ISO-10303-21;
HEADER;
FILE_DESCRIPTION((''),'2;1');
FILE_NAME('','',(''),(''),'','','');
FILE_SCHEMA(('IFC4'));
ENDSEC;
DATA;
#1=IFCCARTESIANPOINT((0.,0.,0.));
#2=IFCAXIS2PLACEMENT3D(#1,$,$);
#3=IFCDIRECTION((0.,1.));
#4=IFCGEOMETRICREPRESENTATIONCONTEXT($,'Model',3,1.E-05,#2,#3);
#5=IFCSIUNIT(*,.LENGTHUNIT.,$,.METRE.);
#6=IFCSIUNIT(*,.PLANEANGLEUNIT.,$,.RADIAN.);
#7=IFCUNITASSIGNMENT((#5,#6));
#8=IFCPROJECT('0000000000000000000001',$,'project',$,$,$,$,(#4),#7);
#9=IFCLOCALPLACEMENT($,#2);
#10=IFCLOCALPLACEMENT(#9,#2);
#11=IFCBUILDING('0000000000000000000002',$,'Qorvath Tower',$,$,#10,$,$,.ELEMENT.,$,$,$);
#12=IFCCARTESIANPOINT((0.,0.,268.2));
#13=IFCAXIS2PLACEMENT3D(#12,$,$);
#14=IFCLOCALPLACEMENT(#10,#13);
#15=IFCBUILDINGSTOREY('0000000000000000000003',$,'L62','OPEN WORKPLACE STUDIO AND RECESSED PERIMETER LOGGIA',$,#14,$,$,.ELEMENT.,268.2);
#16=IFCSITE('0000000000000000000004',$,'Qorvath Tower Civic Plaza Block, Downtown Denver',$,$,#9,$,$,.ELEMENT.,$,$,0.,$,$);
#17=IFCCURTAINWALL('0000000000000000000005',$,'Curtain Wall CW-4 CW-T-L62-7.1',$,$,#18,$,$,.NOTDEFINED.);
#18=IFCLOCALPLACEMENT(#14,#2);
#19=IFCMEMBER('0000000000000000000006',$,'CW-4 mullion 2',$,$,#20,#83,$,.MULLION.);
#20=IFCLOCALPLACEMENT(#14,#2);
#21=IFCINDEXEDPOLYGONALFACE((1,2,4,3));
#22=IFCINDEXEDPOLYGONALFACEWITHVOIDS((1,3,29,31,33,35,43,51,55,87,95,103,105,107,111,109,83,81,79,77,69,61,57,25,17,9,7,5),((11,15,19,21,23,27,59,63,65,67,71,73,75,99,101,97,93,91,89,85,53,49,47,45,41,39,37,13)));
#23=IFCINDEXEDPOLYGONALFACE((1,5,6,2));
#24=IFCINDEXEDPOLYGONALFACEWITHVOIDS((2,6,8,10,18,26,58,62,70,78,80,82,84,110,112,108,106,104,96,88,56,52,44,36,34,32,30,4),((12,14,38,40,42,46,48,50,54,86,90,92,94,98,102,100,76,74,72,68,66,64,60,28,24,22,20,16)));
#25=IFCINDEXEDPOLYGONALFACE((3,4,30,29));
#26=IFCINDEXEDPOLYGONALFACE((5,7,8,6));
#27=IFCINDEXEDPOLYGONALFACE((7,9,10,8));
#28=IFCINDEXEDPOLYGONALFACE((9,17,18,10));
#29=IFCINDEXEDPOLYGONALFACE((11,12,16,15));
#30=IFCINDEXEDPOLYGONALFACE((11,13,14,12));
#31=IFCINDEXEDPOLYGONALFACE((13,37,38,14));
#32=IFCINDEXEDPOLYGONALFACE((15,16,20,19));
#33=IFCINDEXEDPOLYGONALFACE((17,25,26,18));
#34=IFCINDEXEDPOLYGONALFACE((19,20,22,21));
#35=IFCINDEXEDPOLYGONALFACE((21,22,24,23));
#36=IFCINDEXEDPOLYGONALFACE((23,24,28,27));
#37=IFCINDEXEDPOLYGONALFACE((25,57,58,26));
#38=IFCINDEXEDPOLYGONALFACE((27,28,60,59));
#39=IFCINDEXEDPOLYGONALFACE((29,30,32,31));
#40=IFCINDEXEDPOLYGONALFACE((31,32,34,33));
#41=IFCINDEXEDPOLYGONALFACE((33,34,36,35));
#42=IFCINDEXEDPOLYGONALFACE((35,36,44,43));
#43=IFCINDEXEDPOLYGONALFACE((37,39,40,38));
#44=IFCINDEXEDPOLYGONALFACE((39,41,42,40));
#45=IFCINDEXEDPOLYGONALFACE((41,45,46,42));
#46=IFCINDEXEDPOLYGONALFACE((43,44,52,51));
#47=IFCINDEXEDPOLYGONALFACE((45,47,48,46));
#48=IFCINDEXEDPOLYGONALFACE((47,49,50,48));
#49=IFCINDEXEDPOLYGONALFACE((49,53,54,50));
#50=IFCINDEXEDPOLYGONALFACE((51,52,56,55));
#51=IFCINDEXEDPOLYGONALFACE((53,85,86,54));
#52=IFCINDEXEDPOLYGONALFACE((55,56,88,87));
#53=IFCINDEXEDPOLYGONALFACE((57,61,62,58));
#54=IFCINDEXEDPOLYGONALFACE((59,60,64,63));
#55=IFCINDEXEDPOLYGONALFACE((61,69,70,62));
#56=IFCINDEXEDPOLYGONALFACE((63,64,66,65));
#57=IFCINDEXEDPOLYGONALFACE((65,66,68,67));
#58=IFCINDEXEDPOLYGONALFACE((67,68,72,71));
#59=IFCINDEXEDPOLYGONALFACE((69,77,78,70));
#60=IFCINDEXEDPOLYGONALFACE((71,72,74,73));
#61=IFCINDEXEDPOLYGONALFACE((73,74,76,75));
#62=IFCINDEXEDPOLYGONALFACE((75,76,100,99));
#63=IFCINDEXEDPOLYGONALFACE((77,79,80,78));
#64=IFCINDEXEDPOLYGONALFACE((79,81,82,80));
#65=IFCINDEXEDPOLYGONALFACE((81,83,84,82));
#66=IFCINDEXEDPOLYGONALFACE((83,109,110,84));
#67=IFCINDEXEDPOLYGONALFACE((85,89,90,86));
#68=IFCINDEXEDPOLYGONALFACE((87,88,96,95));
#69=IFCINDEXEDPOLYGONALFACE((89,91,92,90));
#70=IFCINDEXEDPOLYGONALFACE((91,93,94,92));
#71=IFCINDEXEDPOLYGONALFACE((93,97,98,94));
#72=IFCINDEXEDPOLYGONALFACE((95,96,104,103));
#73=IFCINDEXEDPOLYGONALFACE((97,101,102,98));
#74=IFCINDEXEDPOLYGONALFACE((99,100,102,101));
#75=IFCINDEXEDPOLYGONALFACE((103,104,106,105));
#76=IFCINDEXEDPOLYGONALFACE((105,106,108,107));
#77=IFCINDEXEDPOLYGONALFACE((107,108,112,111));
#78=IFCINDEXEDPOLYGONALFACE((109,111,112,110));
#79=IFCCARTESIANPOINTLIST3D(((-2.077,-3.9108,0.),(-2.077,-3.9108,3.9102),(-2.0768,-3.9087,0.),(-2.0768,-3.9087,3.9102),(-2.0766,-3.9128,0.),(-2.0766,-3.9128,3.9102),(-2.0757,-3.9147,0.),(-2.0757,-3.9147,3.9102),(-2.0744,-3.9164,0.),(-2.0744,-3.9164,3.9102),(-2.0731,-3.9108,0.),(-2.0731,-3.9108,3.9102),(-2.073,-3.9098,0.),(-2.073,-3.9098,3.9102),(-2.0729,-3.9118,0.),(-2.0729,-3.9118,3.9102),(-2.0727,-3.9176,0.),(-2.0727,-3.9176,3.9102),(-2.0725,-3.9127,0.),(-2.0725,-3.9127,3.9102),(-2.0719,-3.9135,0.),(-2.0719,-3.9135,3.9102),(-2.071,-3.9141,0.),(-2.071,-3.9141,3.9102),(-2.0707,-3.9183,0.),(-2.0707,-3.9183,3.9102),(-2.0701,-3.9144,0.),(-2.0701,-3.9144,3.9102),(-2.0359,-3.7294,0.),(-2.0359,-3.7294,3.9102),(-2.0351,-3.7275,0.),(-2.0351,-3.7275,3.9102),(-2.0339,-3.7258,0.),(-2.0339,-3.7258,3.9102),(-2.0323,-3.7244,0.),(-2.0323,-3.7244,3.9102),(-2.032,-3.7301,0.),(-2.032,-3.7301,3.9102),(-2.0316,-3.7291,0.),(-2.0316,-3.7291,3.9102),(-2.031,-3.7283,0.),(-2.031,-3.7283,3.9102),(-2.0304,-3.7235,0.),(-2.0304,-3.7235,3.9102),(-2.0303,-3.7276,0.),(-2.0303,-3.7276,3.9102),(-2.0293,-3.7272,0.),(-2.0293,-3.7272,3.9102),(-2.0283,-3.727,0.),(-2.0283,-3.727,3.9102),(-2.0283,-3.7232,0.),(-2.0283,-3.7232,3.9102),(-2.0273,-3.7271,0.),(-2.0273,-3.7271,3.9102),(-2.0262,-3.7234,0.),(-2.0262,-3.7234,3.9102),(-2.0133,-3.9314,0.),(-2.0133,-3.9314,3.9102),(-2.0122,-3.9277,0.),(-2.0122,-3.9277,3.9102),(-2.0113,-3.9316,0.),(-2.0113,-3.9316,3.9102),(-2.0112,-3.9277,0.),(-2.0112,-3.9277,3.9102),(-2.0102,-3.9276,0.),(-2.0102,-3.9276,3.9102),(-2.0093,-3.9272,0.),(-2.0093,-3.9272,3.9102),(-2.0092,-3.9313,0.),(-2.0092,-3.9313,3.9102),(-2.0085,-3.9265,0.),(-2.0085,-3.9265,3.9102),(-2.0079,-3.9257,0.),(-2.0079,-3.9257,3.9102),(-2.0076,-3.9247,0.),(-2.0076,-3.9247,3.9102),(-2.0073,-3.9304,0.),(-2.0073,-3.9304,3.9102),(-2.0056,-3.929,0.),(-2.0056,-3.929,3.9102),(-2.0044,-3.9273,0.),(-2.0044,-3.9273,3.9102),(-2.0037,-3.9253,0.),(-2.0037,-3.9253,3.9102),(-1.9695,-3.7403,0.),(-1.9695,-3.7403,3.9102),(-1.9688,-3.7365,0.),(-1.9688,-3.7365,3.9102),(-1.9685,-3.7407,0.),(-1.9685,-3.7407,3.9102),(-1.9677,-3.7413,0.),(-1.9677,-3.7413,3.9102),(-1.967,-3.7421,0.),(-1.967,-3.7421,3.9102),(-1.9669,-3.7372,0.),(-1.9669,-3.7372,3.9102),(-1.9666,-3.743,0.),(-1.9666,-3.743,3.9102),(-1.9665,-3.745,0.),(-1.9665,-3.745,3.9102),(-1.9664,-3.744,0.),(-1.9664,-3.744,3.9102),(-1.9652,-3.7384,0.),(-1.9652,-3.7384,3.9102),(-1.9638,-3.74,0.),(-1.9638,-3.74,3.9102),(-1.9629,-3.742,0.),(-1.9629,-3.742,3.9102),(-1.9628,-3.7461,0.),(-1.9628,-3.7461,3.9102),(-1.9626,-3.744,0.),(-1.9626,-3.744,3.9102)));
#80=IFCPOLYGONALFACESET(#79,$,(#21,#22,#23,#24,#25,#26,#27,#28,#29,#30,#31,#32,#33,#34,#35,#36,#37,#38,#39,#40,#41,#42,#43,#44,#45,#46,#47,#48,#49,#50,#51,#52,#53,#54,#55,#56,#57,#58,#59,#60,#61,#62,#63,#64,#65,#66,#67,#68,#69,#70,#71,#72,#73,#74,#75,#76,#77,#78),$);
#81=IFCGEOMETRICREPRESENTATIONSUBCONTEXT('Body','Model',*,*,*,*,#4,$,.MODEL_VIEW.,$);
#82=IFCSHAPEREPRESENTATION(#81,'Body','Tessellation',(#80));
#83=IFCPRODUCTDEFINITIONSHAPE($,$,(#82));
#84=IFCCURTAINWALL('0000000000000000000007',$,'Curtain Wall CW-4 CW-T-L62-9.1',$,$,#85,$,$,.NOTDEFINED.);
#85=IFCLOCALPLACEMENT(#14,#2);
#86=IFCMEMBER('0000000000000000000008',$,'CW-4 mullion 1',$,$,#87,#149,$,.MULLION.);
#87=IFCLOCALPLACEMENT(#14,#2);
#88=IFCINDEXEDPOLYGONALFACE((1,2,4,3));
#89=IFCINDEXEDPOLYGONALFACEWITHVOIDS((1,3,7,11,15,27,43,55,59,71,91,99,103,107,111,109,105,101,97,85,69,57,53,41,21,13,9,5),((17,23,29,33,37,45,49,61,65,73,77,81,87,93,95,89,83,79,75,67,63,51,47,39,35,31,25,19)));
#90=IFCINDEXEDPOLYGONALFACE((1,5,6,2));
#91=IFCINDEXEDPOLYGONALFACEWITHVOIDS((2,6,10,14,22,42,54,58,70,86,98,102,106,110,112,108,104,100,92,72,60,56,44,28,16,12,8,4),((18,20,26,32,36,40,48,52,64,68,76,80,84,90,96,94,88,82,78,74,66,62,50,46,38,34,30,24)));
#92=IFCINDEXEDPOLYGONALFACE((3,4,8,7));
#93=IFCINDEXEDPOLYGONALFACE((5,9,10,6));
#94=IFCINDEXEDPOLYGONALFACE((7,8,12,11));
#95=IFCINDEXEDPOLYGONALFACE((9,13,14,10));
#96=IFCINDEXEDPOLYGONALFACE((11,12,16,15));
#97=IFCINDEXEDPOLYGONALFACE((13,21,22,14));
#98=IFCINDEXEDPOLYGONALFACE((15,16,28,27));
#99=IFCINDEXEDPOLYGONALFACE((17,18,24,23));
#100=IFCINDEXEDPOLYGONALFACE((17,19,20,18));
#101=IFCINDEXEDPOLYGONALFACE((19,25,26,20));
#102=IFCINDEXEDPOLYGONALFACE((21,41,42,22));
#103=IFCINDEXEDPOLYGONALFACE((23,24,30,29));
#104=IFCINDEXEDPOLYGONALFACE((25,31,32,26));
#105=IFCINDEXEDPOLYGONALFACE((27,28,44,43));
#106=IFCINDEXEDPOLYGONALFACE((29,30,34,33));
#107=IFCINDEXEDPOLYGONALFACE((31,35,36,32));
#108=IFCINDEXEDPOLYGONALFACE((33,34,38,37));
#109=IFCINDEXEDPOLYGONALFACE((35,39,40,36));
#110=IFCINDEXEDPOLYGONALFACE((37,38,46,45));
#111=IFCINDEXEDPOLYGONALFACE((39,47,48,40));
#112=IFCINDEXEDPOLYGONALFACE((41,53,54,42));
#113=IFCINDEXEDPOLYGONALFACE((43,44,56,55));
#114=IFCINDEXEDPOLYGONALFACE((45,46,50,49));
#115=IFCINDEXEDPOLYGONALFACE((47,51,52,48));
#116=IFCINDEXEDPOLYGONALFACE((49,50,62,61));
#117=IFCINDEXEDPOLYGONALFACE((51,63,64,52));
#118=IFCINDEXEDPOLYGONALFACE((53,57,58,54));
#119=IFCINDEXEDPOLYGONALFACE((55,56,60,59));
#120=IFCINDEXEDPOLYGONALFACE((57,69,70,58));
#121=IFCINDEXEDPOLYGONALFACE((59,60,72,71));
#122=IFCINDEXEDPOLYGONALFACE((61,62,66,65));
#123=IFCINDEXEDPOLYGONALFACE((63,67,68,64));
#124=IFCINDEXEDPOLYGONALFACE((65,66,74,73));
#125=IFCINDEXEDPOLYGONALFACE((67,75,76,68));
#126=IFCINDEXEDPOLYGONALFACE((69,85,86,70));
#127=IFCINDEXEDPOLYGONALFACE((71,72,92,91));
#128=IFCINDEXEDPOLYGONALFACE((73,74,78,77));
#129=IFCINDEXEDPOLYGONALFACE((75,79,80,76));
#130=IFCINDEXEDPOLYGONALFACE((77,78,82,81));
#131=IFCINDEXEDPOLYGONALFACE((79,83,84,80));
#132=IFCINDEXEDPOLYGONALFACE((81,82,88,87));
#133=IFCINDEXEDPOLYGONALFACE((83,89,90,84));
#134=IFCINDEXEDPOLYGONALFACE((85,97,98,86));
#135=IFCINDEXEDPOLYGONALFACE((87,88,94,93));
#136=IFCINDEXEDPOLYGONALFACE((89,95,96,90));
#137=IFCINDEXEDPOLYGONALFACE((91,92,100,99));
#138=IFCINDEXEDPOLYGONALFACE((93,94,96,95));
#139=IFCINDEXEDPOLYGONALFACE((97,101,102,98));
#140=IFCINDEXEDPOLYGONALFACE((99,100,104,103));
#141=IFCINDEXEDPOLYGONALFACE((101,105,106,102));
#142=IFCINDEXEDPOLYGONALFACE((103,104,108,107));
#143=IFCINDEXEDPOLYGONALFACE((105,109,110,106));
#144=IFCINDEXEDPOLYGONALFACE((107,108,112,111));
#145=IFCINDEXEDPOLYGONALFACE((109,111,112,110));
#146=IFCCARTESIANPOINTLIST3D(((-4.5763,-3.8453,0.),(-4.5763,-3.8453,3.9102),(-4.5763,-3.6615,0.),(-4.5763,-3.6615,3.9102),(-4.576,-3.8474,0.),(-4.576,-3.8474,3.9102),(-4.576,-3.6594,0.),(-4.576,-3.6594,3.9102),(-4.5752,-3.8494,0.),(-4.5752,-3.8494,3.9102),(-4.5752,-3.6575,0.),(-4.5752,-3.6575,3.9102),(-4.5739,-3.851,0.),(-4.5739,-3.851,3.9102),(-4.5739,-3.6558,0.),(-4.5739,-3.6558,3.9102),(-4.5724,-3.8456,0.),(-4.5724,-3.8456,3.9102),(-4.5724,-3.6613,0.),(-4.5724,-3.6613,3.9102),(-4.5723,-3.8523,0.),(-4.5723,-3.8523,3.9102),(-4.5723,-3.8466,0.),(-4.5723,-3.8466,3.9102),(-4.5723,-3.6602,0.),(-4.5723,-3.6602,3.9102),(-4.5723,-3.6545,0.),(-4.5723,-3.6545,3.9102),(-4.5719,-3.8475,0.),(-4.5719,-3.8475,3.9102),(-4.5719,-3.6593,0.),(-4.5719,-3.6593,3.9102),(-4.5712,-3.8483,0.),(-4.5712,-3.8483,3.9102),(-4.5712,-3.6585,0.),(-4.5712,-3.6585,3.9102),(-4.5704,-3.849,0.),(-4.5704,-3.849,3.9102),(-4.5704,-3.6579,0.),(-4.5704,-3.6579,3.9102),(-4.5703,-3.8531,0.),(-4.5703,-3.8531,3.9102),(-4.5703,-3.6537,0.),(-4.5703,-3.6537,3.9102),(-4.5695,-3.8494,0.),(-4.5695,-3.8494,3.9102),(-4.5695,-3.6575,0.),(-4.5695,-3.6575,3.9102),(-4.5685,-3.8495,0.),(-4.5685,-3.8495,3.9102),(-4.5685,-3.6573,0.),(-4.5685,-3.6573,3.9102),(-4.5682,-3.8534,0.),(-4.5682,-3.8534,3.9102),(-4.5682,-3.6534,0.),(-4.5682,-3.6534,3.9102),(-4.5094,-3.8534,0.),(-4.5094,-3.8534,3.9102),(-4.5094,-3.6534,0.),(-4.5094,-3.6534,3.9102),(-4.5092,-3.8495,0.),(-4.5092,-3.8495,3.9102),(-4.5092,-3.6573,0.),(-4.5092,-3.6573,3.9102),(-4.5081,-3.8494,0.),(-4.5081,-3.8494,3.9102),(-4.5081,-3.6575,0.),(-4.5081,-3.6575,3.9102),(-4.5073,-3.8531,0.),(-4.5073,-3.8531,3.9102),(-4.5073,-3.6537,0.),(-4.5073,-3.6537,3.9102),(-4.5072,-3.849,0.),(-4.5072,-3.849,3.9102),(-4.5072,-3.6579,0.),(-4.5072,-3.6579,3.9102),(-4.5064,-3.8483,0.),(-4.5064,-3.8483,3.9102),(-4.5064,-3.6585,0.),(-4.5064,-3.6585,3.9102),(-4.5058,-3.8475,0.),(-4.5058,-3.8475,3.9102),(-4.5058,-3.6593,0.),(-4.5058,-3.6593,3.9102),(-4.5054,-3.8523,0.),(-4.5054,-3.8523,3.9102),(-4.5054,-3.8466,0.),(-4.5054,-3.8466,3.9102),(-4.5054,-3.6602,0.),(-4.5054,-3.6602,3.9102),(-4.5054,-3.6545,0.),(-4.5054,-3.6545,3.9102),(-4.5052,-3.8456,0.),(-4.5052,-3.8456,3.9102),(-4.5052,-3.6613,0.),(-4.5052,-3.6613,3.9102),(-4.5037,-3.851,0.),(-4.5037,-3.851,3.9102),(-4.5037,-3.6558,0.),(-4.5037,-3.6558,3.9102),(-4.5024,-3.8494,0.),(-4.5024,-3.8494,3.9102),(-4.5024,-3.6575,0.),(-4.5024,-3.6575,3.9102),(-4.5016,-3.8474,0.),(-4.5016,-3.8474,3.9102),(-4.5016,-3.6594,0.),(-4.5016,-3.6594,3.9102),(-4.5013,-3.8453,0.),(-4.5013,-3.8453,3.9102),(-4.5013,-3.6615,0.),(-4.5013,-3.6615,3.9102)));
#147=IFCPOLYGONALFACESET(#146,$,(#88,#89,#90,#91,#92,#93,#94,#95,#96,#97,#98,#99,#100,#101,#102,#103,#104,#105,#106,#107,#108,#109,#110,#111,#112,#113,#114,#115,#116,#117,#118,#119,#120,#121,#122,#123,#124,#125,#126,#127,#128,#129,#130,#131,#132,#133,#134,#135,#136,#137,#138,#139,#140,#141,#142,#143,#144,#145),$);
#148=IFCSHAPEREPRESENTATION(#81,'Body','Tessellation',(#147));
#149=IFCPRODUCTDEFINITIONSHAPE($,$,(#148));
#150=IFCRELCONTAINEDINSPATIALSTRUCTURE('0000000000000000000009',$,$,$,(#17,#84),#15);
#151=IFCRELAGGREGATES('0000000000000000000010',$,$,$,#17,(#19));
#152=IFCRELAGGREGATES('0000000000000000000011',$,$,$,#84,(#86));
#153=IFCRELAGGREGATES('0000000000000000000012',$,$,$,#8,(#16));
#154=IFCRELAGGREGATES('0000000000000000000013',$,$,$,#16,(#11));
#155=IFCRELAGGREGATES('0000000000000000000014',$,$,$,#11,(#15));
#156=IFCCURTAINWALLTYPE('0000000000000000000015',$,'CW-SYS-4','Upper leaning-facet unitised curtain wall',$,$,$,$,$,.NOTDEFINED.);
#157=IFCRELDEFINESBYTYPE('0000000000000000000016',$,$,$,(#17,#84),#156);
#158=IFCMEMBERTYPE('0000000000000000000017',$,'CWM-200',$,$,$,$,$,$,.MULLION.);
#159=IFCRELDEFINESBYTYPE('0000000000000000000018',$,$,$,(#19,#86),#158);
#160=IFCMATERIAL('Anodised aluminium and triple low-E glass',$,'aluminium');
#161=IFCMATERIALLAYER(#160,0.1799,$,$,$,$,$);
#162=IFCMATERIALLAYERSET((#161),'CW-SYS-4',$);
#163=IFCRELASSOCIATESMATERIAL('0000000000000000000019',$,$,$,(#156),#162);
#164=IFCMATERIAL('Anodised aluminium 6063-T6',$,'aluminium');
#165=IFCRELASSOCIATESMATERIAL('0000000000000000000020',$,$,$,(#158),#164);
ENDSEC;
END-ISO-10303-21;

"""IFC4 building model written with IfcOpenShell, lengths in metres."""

from ifc_helpers import new_model, si_unit, direction, frame, origin, origin_2d, place, context, subcontext, project, spatial, hollow_rectangle, extrude, material, layer, layer_set, material_profile, profile_set, type_object, element, aggregate, save


model = new_model("IFC4")

# Units and contexts
model_context = context("Model", 3, precision=1e-05, world=origin(), true_north=direction((0.0, 1.0)))
body_context = subcontext(model_context, "Body", "Model", "MODEL_VIEW")
ifc_project = project(units=[si_unit("LENGTHUNIT", "METRE"), si_unit("PLANEANGLEUNIT", "RADIAN")], contexts=[model_context])

# Site, building, storey
site_placement = place(None, origin())
site = spatial("IfcSite", under=ifc_project, at=site_placement, Name="Qorvath Tower Civic Plaza Block, Downtown Denver", CompositionType="ELEMENT", RefElevation=0.0)
building_placement = place(site_placement, origin())
building = spatial("IfcBuilding", under=site, at=building_placement, Name="Qorvath Tower", CompositionType="ELEMENT")
storey_placement = place(building_placement, frame((0.0, 0.0, 268.2)))
storey = spatial("IfcBuildingStorey", under=building, at=storey_placement, Name="L62", Description="OPEN WORKPLACE STUDIO AND RECESSED PERIMETER LOGGIA", CompositionType="ELEMENT", Elevation=268.2)

# Curtain wall, member
ifc_material_1 = material(Name="Anodised aluminium and triple low-E glass", Category="aluminium")
ifc_layer_1 = layer(ifc_material_1, 0.1799)
ifc_layer_set_1 = layer_set([ifc_layer_1], Name="CW-SYS-4")
curtain_wall_type = type_object("IfcCurtainWallType", Name="CW-SYS-4", Description="Upper leaning-facet unitised curtain wall", PredefinedType="NOTDEFINED", material=ifc_layer_set_1)
curtain_wall_1_placement = place(storey_placement, origin())
curtain_wall_1 = element("IfcCurtainWall", 1, at=curtain_wall_1_placement, inside=storey, type_object=curtain_wall_type, Name="Curtain Wall CW-4 CW-T-L62-7.1", PredefinedType="NOTDEFINED")
ifc_material_2 = material(Name="Anodised aluminium 6063-T6", Category="aluminium")
ifc_material_profile_1 = material_profile(ifc_material_2, hollow_rectangle(XDim=0.075, YDim=0.2, WallThickness=0.0039, InnerFilletRadius=0.0039, OuterFilletRadius=0.0081, at=origin_2d()), Name="CWM 200x75")
ifc_profile_set_1 = profile_set([ifc_material_profile_1], Name="Anodised aluminium 6063-T6")
member_type_1 = type_object("IfcMemberType", Name="CWM-200", PredefinedType="MULLION", material=ifc_profile_set_1)
member_1_placement = place(storey_placement, frame((-2.0198, -3.8274, 0.0), z_axis=(0.0, 0.0, 1.0), x_axis=(-0.974912, 0.222592, 0.0)))
member_1 = element("IfcMember", 2, at=member_1_placement, type_object=member_type_1, Name="CW-4 mullion 2", PredefinedType="MULLION", context=body_context, shape_type="SweptSolid", body=[
    extrude(hollow_rectangle(XDim=0.075, YDim=0.2, WallThickness=0.0039, InnerFilletRadius=0.0039, OuterFilletRadius=0.0081, at=origin_2d()), origin(), (0.0, 0.0, 1.0), 3.9102),
])
aggregate(curtain_wall_1, [member_1])

# Curtain wall, member
curtain_wall_2_placement = place(storey_placement, origin())
curtain_wall_2 = element("IfcCurtainWall", 3, at=curtain_wall_2_placement, inside=storey, type_object=curtain_wall_type, Name="Curtain Wall CW-4 CW-T-L62-9.1", PredefinedType="NOTDEFINED")
member_2_placement = place(storey_placement, frame((-4.5388, -3.7534, 0.0), z_axis=(0.0, 0.0, 1.0), x_axis=(-1.0, 0.0, 0.0)))
member_2 = element("IfcMember", 4, at=member_2_placement, type_object=member_type_1, Name="CW-4 mullion 1", PredefinedType="MULLION", context=body_context, shape_type="SweptSolid", body=[
    extrude(hollow_rectangle(XDim=0.075, YDim=0.2, WallThickness=0.0039, InnerFilletRadius=0.0039, OuterFilletRadius=0.0081, at=origin_2d()), origin(), (0.0, 0.0, 1.0), 3.9102),
])
aggregate(curtain_wall_2, [member_2])

save(model, "model.ifc")
